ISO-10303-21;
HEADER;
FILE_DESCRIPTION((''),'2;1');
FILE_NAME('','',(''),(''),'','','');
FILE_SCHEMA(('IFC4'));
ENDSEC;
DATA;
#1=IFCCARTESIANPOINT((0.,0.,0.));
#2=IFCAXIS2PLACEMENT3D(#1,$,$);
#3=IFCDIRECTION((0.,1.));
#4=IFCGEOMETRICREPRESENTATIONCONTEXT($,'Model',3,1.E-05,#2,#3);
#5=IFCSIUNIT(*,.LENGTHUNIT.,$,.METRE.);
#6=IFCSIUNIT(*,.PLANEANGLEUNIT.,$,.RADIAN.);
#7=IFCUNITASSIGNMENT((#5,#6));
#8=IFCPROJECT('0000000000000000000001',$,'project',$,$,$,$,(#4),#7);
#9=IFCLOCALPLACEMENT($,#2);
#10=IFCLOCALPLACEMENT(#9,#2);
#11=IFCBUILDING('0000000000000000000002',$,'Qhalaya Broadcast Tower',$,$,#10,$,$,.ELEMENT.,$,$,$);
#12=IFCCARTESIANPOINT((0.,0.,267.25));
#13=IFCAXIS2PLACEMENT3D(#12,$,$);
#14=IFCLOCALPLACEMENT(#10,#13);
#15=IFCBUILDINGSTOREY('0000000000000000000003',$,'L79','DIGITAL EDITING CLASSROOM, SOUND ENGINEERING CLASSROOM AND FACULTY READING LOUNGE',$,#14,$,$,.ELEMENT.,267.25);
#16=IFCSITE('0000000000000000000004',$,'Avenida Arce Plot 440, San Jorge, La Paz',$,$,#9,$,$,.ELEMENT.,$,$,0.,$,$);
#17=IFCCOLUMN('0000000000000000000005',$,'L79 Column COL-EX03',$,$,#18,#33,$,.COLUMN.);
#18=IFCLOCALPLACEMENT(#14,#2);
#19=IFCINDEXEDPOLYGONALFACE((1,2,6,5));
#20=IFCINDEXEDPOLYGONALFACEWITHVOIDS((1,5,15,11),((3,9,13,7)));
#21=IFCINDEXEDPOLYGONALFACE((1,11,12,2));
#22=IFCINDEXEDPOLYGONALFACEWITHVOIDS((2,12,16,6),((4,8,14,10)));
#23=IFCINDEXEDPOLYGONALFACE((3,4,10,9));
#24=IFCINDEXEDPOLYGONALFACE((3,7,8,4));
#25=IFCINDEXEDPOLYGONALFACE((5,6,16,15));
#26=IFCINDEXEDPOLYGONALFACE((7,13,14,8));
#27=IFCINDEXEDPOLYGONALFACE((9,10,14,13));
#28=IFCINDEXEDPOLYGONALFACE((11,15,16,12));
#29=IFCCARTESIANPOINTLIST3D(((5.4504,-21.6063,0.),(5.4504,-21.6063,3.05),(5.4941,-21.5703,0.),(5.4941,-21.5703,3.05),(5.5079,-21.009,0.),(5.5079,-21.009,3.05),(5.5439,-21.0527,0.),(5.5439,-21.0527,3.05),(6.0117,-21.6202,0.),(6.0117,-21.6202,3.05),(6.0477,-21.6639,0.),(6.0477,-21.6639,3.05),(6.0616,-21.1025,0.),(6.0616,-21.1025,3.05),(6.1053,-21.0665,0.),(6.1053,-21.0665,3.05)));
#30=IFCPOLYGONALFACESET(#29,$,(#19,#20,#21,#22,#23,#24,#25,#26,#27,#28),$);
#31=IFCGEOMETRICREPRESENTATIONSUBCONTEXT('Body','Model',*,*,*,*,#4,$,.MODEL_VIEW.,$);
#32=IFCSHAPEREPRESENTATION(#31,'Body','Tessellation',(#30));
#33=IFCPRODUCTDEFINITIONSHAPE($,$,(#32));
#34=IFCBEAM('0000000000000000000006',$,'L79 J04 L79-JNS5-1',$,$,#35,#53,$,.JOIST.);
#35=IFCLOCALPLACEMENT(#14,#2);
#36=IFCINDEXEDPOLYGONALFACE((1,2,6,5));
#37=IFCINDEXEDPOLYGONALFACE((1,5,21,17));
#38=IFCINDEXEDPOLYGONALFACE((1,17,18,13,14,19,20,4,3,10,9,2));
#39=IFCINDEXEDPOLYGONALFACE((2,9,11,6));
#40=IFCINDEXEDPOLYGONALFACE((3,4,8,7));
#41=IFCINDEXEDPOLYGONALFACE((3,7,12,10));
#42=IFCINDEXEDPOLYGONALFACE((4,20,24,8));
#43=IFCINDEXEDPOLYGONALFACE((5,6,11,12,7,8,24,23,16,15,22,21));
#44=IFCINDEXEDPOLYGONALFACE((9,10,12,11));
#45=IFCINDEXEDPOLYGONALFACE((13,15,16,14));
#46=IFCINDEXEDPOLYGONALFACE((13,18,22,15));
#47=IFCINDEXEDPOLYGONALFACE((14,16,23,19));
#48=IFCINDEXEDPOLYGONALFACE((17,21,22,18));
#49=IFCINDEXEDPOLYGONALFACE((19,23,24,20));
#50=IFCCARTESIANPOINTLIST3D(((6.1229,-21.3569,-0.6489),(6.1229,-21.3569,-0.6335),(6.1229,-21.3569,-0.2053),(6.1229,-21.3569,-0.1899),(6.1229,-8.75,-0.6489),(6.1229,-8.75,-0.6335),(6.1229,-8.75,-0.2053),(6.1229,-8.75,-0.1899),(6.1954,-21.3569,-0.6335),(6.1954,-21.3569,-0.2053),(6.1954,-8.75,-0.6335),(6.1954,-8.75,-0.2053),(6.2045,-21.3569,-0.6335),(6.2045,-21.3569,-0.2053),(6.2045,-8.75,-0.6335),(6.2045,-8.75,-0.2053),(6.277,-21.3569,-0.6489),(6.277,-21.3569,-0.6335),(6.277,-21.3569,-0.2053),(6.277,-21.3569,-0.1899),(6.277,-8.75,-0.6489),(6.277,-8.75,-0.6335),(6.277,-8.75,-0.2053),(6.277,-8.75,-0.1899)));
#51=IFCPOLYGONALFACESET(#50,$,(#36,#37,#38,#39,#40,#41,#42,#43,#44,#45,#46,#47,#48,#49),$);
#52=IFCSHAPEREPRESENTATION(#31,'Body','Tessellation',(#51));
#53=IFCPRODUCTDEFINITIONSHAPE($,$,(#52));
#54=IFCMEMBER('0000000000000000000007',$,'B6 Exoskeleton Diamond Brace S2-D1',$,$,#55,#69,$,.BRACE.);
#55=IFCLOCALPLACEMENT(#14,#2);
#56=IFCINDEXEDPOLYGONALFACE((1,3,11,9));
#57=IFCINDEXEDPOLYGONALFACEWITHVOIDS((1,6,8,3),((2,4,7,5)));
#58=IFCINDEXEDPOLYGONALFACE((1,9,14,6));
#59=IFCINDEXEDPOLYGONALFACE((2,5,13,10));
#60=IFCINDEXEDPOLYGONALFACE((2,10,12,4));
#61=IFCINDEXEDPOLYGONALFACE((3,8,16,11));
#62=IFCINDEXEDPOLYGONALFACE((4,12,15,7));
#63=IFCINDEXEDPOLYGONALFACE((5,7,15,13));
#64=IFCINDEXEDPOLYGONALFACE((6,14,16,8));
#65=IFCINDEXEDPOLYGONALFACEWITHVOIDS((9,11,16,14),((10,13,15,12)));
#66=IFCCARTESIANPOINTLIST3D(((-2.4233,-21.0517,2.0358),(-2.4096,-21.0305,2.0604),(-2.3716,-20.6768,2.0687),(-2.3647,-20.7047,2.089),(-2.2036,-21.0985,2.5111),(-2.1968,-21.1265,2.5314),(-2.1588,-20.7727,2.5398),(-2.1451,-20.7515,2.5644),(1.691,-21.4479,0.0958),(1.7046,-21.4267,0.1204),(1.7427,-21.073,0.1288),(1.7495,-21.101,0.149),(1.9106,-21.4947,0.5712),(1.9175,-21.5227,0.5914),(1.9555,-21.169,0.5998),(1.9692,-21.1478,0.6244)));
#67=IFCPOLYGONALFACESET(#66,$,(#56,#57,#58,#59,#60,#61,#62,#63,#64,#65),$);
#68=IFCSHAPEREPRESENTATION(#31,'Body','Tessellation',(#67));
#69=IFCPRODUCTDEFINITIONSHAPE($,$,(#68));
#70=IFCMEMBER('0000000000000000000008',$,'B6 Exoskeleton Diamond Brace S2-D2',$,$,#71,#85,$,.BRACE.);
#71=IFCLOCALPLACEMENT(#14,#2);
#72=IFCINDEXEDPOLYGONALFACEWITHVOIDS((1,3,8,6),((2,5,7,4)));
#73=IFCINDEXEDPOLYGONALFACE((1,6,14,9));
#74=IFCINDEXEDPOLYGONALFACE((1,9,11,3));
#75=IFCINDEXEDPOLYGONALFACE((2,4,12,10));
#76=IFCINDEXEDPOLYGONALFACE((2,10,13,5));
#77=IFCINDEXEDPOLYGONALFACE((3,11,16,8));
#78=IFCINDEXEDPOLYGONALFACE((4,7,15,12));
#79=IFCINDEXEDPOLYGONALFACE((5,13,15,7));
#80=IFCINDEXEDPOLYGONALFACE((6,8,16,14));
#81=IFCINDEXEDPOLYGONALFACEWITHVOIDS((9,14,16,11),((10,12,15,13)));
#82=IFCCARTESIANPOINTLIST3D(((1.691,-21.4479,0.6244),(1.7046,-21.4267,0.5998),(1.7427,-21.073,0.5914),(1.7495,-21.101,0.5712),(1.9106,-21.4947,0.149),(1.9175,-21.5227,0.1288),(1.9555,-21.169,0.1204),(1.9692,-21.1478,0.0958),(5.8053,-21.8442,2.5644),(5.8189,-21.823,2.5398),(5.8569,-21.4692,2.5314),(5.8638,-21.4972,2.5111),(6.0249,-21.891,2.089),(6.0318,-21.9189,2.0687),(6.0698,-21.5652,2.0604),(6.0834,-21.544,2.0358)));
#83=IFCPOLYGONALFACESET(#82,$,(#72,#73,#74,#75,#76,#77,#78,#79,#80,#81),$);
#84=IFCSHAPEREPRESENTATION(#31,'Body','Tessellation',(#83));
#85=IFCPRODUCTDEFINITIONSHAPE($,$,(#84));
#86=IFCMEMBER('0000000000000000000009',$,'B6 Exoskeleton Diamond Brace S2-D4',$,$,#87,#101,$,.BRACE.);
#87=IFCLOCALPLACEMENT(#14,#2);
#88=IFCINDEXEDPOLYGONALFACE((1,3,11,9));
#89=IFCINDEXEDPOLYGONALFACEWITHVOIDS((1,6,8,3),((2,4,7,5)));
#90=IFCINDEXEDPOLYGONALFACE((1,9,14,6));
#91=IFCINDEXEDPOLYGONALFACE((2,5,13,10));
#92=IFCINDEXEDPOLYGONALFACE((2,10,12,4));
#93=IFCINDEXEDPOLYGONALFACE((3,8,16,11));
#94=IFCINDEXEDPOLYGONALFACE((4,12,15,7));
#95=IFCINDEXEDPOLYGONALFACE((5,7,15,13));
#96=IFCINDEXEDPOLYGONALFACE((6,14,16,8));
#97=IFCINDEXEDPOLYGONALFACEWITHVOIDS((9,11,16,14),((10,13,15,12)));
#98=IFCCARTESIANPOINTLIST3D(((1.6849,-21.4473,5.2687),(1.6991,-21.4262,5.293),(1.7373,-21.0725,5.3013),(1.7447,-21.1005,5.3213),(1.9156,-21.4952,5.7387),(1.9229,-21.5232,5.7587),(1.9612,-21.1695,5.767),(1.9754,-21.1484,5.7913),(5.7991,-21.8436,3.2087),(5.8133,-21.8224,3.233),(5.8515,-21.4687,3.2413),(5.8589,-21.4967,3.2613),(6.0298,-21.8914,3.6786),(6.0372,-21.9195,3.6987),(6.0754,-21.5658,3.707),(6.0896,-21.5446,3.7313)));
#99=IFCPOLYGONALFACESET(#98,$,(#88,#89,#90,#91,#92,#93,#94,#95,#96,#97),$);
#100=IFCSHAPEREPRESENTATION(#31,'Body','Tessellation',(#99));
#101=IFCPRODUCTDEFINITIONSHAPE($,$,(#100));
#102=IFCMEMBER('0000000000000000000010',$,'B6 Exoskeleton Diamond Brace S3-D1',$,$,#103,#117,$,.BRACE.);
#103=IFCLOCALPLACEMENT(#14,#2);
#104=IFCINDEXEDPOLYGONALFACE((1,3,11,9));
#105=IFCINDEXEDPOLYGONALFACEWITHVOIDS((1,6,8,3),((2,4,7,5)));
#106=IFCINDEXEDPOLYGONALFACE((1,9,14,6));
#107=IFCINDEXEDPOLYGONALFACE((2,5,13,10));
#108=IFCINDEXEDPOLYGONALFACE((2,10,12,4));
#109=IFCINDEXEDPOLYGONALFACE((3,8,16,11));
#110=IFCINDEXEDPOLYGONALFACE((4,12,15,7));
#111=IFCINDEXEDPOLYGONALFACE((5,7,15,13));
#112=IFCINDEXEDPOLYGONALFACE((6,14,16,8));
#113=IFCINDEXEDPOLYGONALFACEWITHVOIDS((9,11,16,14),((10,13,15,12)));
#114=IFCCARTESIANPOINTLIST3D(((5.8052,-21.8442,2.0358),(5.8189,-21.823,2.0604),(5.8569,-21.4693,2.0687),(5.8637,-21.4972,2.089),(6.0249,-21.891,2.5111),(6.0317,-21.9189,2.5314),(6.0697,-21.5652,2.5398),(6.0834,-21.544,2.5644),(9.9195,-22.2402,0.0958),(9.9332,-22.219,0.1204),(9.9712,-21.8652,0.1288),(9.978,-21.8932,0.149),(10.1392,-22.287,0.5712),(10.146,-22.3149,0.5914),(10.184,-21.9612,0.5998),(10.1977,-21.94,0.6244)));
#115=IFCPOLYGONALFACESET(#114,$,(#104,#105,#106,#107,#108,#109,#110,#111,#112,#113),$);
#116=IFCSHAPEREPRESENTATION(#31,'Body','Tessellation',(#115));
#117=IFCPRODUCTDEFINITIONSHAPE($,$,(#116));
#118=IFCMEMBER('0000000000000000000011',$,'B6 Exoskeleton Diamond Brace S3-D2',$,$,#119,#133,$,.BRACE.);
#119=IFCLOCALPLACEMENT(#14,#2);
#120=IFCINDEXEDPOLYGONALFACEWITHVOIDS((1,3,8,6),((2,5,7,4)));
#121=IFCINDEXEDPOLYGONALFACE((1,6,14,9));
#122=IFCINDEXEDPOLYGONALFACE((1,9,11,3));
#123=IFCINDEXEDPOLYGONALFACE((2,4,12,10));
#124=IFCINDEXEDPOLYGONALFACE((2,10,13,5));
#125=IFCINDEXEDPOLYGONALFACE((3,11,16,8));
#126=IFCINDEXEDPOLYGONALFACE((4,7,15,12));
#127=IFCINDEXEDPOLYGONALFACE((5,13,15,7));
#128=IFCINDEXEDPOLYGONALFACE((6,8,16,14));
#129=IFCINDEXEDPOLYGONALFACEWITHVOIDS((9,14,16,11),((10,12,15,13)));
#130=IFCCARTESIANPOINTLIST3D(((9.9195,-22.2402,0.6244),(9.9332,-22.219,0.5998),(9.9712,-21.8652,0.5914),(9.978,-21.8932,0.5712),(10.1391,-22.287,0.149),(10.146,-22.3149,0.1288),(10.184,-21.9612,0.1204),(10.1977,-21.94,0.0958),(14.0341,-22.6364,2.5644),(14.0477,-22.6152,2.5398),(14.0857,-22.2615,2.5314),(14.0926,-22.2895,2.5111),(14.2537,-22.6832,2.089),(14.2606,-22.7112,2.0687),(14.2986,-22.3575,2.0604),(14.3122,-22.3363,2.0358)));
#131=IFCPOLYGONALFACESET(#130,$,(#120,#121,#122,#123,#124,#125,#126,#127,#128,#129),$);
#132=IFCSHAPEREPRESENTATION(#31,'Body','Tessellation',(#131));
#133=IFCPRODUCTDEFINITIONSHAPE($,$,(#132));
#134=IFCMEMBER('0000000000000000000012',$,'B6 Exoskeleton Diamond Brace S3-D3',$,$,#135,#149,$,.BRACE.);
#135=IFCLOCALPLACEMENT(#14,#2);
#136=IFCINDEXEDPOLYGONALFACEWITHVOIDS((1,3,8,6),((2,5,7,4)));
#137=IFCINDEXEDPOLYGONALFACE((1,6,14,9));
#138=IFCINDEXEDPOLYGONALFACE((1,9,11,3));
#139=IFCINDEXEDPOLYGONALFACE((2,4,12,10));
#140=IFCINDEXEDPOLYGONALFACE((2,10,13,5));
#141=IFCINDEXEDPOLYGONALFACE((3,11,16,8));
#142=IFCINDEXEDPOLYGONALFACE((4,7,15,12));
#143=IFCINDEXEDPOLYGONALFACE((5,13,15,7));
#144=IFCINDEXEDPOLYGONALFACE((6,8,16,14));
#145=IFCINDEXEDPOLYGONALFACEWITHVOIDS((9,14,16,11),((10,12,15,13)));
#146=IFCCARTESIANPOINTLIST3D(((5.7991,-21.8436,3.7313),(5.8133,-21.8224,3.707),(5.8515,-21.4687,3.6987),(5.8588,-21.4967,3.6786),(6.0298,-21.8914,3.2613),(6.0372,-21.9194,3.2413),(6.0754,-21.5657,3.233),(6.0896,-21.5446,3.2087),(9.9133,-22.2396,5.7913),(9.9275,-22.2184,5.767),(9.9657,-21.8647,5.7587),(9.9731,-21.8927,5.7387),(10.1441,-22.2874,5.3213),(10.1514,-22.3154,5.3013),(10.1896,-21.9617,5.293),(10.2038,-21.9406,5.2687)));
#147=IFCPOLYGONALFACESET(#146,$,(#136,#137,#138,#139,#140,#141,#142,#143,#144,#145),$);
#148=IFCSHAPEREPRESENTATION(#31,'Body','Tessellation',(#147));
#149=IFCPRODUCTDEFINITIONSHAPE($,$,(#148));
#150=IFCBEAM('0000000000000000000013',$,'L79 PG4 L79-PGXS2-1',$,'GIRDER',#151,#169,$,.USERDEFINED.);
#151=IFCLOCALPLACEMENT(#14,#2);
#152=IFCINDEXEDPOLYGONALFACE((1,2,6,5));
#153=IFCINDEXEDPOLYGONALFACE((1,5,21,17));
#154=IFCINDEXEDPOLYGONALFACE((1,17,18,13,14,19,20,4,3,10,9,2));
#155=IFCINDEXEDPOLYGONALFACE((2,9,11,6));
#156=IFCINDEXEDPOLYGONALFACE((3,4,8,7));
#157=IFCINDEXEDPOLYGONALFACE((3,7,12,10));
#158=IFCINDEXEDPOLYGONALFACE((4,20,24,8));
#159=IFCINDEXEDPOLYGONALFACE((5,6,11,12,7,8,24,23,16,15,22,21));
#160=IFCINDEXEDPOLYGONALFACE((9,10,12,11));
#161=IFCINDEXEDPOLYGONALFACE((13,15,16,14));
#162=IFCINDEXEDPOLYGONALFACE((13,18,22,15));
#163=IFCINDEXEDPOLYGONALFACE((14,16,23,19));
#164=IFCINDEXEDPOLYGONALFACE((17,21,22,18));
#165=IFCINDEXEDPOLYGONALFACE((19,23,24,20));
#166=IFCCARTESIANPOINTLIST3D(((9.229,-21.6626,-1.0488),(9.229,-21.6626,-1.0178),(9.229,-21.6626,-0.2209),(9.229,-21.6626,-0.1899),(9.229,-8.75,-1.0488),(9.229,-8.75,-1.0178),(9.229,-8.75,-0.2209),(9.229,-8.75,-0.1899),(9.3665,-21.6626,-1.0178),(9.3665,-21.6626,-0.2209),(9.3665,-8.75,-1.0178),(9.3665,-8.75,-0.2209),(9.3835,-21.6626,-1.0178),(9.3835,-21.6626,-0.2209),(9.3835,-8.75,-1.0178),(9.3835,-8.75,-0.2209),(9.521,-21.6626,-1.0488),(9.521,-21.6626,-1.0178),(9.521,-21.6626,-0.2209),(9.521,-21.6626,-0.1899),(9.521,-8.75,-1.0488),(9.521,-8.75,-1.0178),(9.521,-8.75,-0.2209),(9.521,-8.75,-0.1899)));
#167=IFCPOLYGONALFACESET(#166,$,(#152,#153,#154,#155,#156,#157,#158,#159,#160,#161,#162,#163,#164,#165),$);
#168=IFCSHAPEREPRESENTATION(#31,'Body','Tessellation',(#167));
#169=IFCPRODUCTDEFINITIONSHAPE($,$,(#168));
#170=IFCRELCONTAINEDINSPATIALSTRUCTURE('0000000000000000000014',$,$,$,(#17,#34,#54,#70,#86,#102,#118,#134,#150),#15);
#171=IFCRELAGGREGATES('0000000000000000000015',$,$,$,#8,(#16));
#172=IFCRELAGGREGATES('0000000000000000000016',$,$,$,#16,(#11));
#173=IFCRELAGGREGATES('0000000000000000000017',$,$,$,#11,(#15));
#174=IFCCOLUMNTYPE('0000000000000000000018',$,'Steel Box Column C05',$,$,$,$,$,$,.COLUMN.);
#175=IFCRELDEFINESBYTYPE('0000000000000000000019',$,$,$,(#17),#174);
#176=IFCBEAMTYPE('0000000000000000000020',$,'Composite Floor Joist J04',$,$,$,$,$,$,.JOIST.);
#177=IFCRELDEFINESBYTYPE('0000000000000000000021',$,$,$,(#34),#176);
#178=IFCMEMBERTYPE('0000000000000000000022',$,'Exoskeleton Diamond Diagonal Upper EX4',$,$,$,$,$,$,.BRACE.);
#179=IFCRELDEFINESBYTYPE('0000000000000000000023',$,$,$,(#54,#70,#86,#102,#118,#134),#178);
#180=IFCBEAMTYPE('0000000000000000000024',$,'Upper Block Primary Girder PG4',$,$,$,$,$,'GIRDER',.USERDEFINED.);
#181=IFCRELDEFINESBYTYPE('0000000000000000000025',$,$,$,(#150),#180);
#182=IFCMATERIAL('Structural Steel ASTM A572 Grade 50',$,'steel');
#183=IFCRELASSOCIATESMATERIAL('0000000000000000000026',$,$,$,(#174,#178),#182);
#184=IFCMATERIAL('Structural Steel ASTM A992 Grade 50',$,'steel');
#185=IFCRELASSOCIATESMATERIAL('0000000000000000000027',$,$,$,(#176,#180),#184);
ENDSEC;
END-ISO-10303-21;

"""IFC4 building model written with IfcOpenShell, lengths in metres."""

from ifc_helpers import new_model, si_unit, direction, frame, origin, origin_2d, place, context, subcontext, project, spatial, hollow_rectangle, i_section, extrude, material, material_profile, profile_set, type_object, element, save


model = new_model("IFC4")

# Units and contexts
model_context = context("Model", 3, precision=1e-05, world=origin(), true_north=direction((0.0, 1.0)))
body_context = subcontext(model_context, "Body", "Model", "MODEL_VIEW")
ifc_project = project(units=[si_unit("LENGTHUNIT", "METRE"), si_unit("PLANEANGLEUNIT", "RADIAN")], contexts=[model_context])

# Site, building, storey
site_placement = place(None, origin())
site = spatial("IfcSite", under=ifc_project, at=site_placement, Name="Avenida Arce Plot 440, San Jorge, La Paz", CompositionType="ELEMENT", RefElevation=0.0)
building_placement = place(site_placement, origin())
building = spatial("IfcBuilding", under=site, at=building_placement, Name="Qhalaya Broadcast Tower", CompositionType="ELEMENT")
storey_placement = place(building_placement, frame((0.0, 0.0, 267.25)))
storey = spatial("IfcBuildingStorey", under=building, at=storey_placement, Name="L79", Description="DIGITAL EDITING CLASSROOM, SOUND ENGINEERING CLASSROOM AND FACULTY READING LOUNGE", CompositionType="ELEMENT", Elevation=267.25)

# Column
ifc_material_1 = material(Name="Structural Steel ASTM A572 Grade 50", Category="steel")
ifc_material_profile_1 = material_profile(ifc_material_1, hollow_rectangle(XDim=0.6001, YDim=0.6001, WallThickness=0.04, at=origin_2d()), Name="BOX 600x600x40")
ifc_profile_set_1 = profile_set([ifc_material_profile_1], Name="Structural Steel ASTM A572 Grade 50")
column_type = type_object("IfcColumnType", Name="Steel Box Column C05", PredefinedType="COLUMN", material=ifc_profile_set_1)
column_placement = place(storey_placement, frame((5.7778, -21.3364, 0.0), z_axis=(0.0, 0.0, 1.0), x_axis=(0.995396, -0.095846, 0.0)))
element("IfcColumn", 1, at=column_placement, inside=storey, type_object=column_type, Name="L79 Column COL-EX03", PredefinedType="COLUMN", context=body_context, shape_type="SweptSolid", body=[
    extrude(hollow_rectangle(XDim=0.6001, YDim=0.6001, WallThickness=0.04, at=origin_2d()), origin(), (0.0, 0.0, 1.0), 3.05),
])

# Beam
ifc_material_2 = material(Name="Structural Steel ASTM A992 Grade 50", Category="steel")
ifc_material_profile_2 = material_profile(ifc_material_2, i_section(OverallWidth=0.1541, OverallDepth=0.459, WebThickness=0.009, FlangeThickness=0.0154, at=origin_2d()), Name="W18X46")
ifc_profile_set_2 = profile_set([ifc_material_profile_2], Name="Structural Steel ASTM A992 Grade 50")
beam_type_1 = type_object("IfcBeamType", Name="Composite Floor Joist J04", PredefinedType="JOIST", material=ifc_profile_set_2)
beam_1_placement = place(storey_placement, frame((6.2, -21.3569, -0.4194), z_axis=(0.0, 1.0, 0.0), x_axis=(-1.0, 0.0, 0.0)))
element("IfcBeam", 2, at=beam_1_placement, inside=storey, type_object=beam_type_1, Name="L79 J04 L79-JNS5-1", PredefinedType="JOIST", context=body_context, shape_type="SweptSolid", body=[
    extrude(i_section(OverallWidth=0.1541, OverallDepth=0.459, WebThickness=0.009, FlangeThickness=0.0154, at=origin_2d()), origin(), (0.0, 0.0, 1.0), 12.6069),
])

# Members
ifc_material_profile_3 = material_profile(ifc_material_1, hollow_rectangle(XDim=0.3799, YDim=0.55, WallThickness=0.0249, at=origin_2d()), Name="BOX 380x550x25")
ifc_profile_set_3 = profile_set([ifc_material_profile_3], Name="Structural Steel ASTM A572 Grade 50")
member_type = type_object("IfcMemberType", Name="Exoskeleton Diamond Diagonal Upper EX4", PredefinedType="BRACE", material=ifc_profile_set_3)
for number, where, z_axis, x_axis, name in (
    (3, (1.8301, -21.2979, 0.3601), (-0.901082, 0.086782, 0.424875), (-0.135959, -0.986908, -0.086765), "B6 Exoskeleton Diamond Brace S2-D1"),
    (4, (1.8301, -21.2979, 0.3601), (0.901082, -0.086782, 0.424875), (0.135959, 0.986908, -0.086765), "B6 Exoskeleton Diamond Brace S2-D2"),
):
    element("IfcMember", number, at=place(storey_placement, frame(where, z_axis=z_axis, x_axis=x_axis)), inside=storey, type_object=member_type, Name=name, PredefinedType="BRACE", context=body_context, shape_type="SweptSolid", body=[
        extrude(hollow_rectangle(XDim=0.3799, YDim=0.55, WallThickness=0.0249, at=origin_2d()), origin(), (0.0, 0.0, 1.0), 4.5659),
    ])
member_1_placement = place(storey_placement, frame((5.9443, -21.6941, 3.47), z_axis=(-0.890875, 0.085799, 0.446072), x_axis=(-0.137981, -0.986713, -0.085782)))
element("IfcMember", 5, at=member_1_placement, inside=storey, type_object=member_type, Name="B6 Exoskeleton Diamond Brace S2-D4", PredefinedType="BRACE", context=body_context, shape_type="SweptSolid", body=[
    extrude(hollow_rectangle(XDim=0.3799, YDim=0.55, WallThickness=0.0249, at=origin_2d()), origin(), (0.0, 0.0, 1.0), 4.6182),
])
member_2_placement = place(storey_placement, frame((10.0586, -22.0901, 0.3601), z_axis=(-0.901087, 0.086729, 0.424877), x_axis=(-0.135901, -0.986916, -0.086764)))
element("IfcMember", 6, at=member_2_placement, inside=storey, type_object=member_type, Name="B6 Exoskeleton Diamond Brace S3-D1", PredefinedType="BRACE", context=body_context, shape_type="SweptSolid", body=[
    extrude(hollow_rectangle(XDim=0.3799, YDim=0.55, WallThickness=0.0249, at=origin_2d()), origin(), (0.0, 0.0, 1.0), 4.5659),
])
member_3_placement = place(storey_placement, frame((10.0586, -22.0901, 0.3601), z_axis=(0.901093, -0.086778, 0.424855), x_axis=(0.135952, 0.986909, -0.086765)))
element("IfcMember", 7, at=member_3_placement, inside=storey, type_object=member_type, Name="B6 Exoskeleton Diamond Brace S3-D2", PredefinedType="BRACE", context=body_context, shape_type="SweptSolid", body=[
    extrude(hollow_rectangle(XDim=0.3799, YDim=0.55, WallThickness=0.0249, at=origin_2d()), origin(), (0.0, 0.0, 1.0), 4.5662),
])
member_4_placement = place(storey_placement, frame((5.9443, -21.6941, 3.47), z_axis=(0.890879, -0.085747, 0.446074), x_axis=(0.137923, 0.986721, -0.085782)))
element("IfcMember", 8, at=member_4_placement, inside=storey, type_object=member_type, Name="B6 Exoskeleton Diamond Brace S3-D3", PredefinedType="BRACE", context=body_context, shape_type="SweptSolid", body=[
    extrude(hollow_rectangle(XDim=0.3799, YDim=0.55, WallThickness=0.0249, at=origin_2d()), origin(), (0.0, 0.0, 1.0), 4.6182),
])

# Beam
ifc_material_profile_4 = material_profile(ifc_material_2, i_section(OverallWidth=0.292, OverallDepth=0.8589, WebThickness=0.0171, FlangeThickness=0.031, at=origin_2d()), Name="W33X169")
ifc_profile_set_4 = profile_set([ifc_material_profile_4], Name="Structural Steel ASTM A992 Grade 50")
beam_type_2 = type_object("IfcBeamType", Name="Upper Block Primary Girder PG4", ElementType="GIRDER", PredefinedType="USERDEFINED", material=ifc_profile_set_4)
beam_2_placement = place(storey_placement, frame((9.375, -21.6626, -0.6194), z_axis=(0.0, 1.0, 0.0), x_axis=(-1.0, 0.0, 0.0)))
element("IfcBeam", 9, at=beam_2_placement, inside=storey, type_object=beam_type_2, Name="L79 PG4 L79-PGXS2-1", ObjectType="GIRDER", PredefinedType="USERDEFINED", context=body_context, shape_type="SweptSolid", body=[
    extrude(i_section(OverallWidth=0.292, OverallDepth=0.8589, WebThickness=0.0171, FlangeThickness=0.031, at=origin_2d()), origin(), (0.0, 0.0, 1.0), 12.9126),
])

save(model, "model.ifc")
